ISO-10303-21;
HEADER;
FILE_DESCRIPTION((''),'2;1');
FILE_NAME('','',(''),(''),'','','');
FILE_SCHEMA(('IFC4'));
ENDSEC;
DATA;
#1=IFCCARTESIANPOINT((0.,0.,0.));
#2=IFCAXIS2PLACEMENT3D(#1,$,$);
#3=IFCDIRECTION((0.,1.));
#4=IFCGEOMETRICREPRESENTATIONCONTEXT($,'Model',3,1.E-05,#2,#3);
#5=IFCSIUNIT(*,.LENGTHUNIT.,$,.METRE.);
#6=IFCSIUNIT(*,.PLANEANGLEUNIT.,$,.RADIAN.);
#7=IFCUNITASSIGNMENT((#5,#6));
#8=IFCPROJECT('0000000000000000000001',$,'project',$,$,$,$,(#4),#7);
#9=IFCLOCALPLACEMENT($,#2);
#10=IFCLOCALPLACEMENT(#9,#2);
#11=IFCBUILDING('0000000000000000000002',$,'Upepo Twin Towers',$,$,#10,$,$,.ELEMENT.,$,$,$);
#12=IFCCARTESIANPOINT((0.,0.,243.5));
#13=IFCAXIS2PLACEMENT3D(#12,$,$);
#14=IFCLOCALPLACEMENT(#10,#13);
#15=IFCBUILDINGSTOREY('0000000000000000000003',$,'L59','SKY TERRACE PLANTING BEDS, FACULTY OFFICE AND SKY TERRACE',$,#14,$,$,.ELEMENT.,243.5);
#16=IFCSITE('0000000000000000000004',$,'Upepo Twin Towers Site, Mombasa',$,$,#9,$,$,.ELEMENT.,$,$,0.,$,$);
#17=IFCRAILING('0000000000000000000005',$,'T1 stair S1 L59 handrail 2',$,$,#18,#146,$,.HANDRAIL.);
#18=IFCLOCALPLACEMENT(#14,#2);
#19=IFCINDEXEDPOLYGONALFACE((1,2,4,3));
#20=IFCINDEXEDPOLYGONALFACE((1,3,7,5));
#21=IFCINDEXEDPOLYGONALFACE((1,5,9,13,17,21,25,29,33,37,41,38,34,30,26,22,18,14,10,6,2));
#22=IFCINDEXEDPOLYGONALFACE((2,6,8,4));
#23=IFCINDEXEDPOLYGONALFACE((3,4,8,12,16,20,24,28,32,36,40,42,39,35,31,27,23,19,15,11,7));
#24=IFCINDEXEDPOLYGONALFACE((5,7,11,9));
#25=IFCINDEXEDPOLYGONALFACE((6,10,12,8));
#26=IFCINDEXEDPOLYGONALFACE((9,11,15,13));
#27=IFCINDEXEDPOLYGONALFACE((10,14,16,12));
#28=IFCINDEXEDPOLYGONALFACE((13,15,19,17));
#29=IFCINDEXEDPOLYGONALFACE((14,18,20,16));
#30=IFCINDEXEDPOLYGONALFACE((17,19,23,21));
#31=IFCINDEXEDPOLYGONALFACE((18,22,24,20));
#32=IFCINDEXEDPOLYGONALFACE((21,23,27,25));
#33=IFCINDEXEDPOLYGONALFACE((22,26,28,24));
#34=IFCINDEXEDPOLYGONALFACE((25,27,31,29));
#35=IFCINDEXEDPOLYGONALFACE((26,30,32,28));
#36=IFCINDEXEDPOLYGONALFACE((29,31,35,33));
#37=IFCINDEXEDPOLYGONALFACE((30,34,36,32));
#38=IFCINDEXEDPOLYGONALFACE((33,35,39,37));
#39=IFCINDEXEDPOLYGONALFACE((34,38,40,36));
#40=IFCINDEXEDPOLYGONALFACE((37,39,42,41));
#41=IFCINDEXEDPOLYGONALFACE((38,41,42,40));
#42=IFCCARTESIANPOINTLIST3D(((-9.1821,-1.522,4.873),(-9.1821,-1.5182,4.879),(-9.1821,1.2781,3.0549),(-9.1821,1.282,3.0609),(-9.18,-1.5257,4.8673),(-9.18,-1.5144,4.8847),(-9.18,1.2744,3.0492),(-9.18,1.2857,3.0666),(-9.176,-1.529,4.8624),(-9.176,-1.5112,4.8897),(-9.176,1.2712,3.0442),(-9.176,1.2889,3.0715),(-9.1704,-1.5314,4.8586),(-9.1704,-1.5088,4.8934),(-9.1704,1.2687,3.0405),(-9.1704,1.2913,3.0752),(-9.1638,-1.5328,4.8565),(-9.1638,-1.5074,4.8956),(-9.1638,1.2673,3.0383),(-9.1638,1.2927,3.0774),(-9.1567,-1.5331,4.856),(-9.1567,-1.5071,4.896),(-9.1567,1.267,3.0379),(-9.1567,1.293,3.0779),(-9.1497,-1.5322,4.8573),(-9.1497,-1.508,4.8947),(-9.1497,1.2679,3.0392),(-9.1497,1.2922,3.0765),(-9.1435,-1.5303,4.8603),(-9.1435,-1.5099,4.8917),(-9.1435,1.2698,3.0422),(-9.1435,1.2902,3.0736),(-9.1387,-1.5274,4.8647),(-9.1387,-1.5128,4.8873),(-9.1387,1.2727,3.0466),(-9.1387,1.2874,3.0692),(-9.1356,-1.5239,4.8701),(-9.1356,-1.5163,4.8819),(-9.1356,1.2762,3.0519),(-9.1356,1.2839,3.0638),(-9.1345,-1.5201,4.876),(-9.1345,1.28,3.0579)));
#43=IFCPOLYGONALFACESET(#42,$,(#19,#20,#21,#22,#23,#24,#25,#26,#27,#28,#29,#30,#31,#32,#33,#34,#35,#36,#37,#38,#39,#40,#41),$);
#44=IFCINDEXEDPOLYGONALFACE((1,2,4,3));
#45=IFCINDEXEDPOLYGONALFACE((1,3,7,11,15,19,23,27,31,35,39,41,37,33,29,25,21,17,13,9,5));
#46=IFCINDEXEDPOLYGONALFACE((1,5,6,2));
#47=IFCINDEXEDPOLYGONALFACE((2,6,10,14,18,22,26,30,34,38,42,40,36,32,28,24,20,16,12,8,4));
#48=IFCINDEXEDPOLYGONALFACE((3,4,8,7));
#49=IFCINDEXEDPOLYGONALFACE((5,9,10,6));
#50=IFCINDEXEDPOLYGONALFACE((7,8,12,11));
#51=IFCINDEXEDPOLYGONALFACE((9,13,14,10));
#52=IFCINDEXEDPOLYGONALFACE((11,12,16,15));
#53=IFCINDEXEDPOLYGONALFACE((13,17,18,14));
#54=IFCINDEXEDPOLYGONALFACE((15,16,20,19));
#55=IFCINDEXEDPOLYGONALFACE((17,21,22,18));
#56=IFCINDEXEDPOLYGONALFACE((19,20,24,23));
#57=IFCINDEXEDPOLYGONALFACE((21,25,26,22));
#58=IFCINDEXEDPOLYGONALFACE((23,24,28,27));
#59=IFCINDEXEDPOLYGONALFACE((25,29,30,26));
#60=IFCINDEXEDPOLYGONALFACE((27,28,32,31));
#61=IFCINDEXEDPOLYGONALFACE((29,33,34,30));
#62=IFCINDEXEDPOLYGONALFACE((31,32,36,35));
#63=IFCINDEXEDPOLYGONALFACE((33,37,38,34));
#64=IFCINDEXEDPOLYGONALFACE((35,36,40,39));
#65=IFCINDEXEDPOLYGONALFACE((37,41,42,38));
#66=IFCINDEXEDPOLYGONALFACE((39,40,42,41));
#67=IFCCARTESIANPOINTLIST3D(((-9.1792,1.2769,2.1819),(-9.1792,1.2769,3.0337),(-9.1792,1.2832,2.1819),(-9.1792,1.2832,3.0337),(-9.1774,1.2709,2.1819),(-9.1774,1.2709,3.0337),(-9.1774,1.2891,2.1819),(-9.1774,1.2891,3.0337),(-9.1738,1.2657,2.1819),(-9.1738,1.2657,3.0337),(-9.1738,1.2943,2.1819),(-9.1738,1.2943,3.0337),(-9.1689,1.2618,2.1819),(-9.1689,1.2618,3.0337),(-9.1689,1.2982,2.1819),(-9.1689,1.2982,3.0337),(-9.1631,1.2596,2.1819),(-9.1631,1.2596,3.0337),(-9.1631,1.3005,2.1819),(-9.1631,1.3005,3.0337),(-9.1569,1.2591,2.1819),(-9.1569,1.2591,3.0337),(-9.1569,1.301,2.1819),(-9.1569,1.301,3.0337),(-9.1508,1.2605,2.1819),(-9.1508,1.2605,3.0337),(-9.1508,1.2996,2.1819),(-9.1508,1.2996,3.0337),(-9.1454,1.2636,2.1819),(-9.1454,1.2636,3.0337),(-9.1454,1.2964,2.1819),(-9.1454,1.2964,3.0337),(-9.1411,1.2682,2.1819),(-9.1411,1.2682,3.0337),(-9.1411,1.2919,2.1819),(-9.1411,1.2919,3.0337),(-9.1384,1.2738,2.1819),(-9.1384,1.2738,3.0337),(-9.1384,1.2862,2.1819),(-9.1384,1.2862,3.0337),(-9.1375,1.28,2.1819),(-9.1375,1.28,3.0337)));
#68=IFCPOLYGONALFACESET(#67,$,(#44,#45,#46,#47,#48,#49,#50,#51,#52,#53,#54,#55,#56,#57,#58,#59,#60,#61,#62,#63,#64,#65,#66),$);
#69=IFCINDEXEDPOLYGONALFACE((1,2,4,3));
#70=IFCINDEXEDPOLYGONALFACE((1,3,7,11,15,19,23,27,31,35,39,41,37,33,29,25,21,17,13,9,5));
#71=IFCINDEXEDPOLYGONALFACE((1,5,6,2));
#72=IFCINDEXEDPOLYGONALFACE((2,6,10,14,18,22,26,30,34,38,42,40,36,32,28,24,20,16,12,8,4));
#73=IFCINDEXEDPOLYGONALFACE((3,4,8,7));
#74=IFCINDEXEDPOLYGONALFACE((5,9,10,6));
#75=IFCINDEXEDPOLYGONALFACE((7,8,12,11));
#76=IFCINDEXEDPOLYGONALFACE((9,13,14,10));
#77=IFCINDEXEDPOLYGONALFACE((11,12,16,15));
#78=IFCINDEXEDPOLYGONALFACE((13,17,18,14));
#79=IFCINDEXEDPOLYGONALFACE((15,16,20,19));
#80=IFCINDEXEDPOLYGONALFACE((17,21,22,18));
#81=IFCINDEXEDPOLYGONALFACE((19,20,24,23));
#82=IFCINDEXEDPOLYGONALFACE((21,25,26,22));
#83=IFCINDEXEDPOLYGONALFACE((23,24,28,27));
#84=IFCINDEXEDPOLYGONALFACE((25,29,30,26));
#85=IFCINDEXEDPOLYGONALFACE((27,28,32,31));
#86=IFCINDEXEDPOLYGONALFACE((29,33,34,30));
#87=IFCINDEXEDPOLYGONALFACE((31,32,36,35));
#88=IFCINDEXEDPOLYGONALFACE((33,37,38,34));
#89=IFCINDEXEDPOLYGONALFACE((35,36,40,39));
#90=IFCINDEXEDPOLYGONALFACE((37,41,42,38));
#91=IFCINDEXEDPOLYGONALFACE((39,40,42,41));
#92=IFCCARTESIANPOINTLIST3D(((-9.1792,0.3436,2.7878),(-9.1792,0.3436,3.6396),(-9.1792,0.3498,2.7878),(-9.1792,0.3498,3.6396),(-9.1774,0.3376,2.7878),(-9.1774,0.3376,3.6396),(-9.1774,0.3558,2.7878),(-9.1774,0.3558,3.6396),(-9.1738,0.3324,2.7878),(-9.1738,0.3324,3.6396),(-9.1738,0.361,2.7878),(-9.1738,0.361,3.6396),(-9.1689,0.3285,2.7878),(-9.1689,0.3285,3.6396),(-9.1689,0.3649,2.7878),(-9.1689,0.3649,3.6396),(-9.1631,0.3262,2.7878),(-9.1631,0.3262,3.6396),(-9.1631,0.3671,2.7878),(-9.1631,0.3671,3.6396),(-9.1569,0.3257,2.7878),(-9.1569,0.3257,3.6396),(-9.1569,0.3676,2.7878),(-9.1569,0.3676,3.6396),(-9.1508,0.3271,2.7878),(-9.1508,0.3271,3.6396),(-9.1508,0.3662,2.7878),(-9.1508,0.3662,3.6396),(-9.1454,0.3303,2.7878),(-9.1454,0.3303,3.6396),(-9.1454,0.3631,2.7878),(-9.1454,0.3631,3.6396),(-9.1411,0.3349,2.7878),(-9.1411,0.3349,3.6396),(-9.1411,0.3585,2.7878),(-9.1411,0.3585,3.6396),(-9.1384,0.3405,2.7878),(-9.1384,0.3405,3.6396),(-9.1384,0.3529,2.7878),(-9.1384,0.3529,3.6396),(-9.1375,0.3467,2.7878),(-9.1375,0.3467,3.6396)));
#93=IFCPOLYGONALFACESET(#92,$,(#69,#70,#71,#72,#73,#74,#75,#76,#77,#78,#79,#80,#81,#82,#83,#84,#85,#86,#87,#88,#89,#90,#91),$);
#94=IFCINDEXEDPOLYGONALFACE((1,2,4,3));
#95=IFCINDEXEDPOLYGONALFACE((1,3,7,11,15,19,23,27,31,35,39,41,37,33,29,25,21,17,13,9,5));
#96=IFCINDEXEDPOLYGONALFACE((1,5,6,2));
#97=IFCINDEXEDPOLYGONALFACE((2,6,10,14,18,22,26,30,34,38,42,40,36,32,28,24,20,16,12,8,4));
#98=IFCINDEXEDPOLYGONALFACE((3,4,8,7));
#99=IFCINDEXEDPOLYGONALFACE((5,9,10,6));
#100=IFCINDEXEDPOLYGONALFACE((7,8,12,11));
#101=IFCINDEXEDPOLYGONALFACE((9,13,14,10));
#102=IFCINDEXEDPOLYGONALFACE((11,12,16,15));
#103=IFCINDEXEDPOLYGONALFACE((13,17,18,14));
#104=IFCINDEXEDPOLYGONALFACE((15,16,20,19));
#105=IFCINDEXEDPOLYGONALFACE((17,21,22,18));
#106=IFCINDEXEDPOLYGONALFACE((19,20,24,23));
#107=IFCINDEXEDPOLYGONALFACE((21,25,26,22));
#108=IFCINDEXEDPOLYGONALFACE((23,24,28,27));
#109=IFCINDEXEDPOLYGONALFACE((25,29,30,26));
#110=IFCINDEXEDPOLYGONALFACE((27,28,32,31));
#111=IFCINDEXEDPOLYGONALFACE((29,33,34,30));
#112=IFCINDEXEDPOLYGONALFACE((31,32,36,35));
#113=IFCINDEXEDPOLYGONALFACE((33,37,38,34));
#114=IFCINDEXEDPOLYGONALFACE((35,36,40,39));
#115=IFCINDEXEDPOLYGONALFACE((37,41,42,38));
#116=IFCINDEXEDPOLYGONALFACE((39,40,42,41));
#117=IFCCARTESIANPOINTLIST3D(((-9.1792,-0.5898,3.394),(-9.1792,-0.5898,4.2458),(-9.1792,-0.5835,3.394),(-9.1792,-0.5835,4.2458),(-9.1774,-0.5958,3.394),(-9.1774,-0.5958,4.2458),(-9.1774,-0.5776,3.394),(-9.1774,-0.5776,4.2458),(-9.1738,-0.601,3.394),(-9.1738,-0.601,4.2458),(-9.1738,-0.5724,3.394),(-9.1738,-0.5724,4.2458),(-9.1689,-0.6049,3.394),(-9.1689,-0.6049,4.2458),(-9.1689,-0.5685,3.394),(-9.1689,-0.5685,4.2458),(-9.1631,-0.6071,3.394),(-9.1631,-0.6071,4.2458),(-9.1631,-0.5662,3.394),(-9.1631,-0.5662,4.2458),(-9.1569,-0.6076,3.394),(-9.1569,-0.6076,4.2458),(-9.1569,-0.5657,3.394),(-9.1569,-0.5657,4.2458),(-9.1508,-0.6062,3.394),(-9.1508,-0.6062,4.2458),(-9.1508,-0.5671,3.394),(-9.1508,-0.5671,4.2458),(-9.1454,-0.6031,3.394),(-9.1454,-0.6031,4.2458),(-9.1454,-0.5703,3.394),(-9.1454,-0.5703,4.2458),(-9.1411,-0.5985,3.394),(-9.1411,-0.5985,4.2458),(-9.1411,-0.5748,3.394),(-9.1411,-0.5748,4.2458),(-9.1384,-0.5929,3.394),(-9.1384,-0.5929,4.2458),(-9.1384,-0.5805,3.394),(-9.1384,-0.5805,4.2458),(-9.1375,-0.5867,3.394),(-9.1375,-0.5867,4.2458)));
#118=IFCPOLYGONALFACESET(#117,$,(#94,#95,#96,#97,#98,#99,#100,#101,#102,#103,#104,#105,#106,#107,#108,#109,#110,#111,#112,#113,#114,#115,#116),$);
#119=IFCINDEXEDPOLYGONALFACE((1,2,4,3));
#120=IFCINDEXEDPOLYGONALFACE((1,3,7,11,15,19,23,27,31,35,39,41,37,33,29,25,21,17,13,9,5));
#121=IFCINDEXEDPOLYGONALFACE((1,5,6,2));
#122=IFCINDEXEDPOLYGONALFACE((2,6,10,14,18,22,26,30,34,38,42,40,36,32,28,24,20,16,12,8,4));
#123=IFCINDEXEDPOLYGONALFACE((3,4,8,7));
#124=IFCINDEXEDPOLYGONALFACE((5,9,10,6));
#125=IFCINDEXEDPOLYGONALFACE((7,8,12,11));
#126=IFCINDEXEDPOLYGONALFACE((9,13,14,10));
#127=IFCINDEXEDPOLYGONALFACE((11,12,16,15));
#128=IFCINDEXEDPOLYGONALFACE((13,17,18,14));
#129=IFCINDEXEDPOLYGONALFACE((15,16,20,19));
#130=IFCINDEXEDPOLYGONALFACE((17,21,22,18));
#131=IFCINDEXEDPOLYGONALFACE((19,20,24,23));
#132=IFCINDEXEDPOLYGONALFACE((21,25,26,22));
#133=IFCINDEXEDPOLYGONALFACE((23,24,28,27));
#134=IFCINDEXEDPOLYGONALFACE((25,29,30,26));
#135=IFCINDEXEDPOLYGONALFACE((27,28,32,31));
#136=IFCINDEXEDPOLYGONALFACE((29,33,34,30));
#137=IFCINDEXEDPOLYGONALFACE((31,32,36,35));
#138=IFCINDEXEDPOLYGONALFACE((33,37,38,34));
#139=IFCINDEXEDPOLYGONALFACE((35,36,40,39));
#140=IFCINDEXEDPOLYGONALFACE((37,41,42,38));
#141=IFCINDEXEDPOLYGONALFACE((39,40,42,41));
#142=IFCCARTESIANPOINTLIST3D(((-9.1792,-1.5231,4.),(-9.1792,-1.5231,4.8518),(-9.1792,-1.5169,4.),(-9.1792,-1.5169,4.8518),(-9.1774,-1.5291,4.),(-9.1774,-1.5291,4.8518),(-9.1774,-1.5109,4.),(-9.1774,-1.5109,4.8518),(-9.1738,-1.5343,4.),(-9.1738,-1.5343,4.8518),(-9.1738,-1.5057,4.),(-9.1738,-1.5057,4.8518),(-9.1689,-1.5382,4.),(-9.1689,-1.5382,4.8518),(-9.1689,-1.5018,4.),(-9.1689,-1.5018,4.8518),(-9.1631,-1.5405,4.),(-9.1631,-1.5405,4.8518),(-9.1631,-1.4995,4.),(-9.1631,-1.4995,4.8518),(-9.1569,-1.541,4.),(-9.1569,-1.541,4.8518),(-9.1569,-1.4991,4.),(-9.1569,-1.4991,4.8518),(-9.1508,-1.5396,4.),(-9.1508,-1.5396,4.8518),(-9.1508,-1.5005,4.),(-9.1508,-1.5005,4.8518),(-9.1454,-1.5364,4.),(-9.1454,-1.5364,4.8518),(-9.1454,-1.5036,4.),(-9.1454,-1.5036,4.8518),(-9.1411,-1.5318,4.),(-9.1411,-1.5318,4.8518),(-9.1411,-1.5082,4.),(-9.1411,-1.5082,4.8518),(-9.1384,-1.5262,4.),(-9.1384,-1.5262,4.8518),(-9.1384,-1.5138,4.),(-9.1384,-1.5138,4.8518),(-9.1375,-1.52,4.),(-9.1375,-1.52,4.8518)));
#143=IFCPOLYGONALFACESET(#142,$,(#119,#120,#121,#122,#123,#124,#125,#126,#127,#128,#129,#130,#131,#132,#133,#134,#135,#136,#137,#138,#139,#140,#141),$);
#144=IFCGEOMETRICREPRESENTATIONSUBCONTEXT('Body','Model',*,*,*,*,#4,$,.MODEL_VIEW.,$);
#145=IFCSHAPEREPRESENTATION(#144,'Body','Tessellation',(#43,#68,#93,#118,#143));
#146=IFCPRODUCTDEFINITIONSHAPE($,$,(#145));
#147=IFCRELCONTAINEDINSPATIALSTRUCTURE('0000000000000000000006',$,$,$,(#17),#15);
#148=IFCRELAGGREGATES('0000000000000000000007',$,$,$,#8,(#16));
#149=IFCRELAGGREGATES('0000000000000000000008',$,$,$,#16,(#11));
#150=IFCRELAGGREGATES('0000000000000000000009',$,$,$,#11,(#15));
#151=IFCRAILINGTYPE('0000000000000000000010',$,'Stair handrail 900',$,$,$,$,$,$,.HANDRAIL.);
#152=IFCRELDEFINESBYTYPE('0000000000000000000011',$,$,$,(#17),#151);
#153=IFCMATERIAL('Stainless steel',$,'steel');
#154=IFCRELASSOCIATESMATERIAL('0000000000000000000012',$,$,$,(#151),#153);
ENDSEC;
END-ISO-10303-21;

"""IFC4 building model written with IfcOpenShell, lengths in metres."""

from ifc_helpers import new_model, si_unit, direction, frame, origin, origin_2d, place, context, subcontext, project, spatial, circle, extrude, material, type_object, element, save


model = new_model("IFC4")

# Units and contexts
model_context = context("Model", 3, precision=1e-05, world=origin(), true_north=direction((0.0, 1.0)))
body_context = subcontext(model_context, "Body", "Model", "MODEL_VIEW")
ifc_project = project(units=[si_unit("LENGTHUNIT", "METRE"), si_unit("PLANEANGLEUNIT", "RADIAN")], contexts=[model_context])

# Site, building, storey
site_placement = place(None, origin())
site = spatial("IfcSite", under=ifc_project, at=site_placement, Name="Upepo Twin Towers Site, Mombasa", CompositionType="ELEMENT", RefElevation=0.0)
building_placement = place(site_placement, origin())
building = spatial("IfcBuilding", under=site, at=building_placement, Name="Upepo Twin Towers", CompositionType="ELEMENT")
storey_placement = place(building_placement, frame((0.0, 0.0, 243.5)))
storey = spatial("IfcBuildingStorey", under=building, at=storey_placement, Name="L59", Description="SKY TERRACE PLANTING BEDS, FACULTY OFFICE AND SKY TERRACE", CompositionType="ELEMENT", Elevation=243.5)

# Railing
ifc_material_1 = material(Name="Stainless steel", Category="steel")
railing_type_1 = type_object("IfcRailingType", Name="Stair handrail 900", PredefinedType="HANDRAIL", material=ifc_material_1)
railing_1_placement = place(storey_placement, frame((-9.1584, 1.28, 2.1819)))
element("IfcRailing", 1, at=railing_1_placement, inside=storey, type_object=railing_type_1, Name="T1 stair S1 L59 handrail 2", PredefinedType="HANDRAIL", context=body_context, shape_type="SweptSolid", body=[
    extrude(circle(Radius=0.0239, at=origin_2d()), frame((0.0, 0.0, 0.876), z_axis=(0.0, -0.838706, 0.544585), x_axis=(1.0, 0.0, 0.0)), (0.0, 0.0, 1.0), 3.3386),
    extrude(circle(Radius=0.021, at=origin_2d()), origin(), (0.0, 0.0, 1.0), 0.8518),
    extrude(circle(Radius=0.021, at=origin_2d()), frame((0.0, -0.9333, 0.606)), (0.0, 0.0, 1.0), 0.8518),
    extrude(circle(Radius=0.021, at=origin_2d()), frame((0.0, -1.8667, 1.2122)), (0.0, 0.0, 1.0), 0.8518),
    extrude(circle(Radius=0.021, at=origin_2d()), frame((0.0, -2.8, 1.8181)), (0.0, 0.0, 1.0), 0.8518),
])

save(model, "model.ifc")
